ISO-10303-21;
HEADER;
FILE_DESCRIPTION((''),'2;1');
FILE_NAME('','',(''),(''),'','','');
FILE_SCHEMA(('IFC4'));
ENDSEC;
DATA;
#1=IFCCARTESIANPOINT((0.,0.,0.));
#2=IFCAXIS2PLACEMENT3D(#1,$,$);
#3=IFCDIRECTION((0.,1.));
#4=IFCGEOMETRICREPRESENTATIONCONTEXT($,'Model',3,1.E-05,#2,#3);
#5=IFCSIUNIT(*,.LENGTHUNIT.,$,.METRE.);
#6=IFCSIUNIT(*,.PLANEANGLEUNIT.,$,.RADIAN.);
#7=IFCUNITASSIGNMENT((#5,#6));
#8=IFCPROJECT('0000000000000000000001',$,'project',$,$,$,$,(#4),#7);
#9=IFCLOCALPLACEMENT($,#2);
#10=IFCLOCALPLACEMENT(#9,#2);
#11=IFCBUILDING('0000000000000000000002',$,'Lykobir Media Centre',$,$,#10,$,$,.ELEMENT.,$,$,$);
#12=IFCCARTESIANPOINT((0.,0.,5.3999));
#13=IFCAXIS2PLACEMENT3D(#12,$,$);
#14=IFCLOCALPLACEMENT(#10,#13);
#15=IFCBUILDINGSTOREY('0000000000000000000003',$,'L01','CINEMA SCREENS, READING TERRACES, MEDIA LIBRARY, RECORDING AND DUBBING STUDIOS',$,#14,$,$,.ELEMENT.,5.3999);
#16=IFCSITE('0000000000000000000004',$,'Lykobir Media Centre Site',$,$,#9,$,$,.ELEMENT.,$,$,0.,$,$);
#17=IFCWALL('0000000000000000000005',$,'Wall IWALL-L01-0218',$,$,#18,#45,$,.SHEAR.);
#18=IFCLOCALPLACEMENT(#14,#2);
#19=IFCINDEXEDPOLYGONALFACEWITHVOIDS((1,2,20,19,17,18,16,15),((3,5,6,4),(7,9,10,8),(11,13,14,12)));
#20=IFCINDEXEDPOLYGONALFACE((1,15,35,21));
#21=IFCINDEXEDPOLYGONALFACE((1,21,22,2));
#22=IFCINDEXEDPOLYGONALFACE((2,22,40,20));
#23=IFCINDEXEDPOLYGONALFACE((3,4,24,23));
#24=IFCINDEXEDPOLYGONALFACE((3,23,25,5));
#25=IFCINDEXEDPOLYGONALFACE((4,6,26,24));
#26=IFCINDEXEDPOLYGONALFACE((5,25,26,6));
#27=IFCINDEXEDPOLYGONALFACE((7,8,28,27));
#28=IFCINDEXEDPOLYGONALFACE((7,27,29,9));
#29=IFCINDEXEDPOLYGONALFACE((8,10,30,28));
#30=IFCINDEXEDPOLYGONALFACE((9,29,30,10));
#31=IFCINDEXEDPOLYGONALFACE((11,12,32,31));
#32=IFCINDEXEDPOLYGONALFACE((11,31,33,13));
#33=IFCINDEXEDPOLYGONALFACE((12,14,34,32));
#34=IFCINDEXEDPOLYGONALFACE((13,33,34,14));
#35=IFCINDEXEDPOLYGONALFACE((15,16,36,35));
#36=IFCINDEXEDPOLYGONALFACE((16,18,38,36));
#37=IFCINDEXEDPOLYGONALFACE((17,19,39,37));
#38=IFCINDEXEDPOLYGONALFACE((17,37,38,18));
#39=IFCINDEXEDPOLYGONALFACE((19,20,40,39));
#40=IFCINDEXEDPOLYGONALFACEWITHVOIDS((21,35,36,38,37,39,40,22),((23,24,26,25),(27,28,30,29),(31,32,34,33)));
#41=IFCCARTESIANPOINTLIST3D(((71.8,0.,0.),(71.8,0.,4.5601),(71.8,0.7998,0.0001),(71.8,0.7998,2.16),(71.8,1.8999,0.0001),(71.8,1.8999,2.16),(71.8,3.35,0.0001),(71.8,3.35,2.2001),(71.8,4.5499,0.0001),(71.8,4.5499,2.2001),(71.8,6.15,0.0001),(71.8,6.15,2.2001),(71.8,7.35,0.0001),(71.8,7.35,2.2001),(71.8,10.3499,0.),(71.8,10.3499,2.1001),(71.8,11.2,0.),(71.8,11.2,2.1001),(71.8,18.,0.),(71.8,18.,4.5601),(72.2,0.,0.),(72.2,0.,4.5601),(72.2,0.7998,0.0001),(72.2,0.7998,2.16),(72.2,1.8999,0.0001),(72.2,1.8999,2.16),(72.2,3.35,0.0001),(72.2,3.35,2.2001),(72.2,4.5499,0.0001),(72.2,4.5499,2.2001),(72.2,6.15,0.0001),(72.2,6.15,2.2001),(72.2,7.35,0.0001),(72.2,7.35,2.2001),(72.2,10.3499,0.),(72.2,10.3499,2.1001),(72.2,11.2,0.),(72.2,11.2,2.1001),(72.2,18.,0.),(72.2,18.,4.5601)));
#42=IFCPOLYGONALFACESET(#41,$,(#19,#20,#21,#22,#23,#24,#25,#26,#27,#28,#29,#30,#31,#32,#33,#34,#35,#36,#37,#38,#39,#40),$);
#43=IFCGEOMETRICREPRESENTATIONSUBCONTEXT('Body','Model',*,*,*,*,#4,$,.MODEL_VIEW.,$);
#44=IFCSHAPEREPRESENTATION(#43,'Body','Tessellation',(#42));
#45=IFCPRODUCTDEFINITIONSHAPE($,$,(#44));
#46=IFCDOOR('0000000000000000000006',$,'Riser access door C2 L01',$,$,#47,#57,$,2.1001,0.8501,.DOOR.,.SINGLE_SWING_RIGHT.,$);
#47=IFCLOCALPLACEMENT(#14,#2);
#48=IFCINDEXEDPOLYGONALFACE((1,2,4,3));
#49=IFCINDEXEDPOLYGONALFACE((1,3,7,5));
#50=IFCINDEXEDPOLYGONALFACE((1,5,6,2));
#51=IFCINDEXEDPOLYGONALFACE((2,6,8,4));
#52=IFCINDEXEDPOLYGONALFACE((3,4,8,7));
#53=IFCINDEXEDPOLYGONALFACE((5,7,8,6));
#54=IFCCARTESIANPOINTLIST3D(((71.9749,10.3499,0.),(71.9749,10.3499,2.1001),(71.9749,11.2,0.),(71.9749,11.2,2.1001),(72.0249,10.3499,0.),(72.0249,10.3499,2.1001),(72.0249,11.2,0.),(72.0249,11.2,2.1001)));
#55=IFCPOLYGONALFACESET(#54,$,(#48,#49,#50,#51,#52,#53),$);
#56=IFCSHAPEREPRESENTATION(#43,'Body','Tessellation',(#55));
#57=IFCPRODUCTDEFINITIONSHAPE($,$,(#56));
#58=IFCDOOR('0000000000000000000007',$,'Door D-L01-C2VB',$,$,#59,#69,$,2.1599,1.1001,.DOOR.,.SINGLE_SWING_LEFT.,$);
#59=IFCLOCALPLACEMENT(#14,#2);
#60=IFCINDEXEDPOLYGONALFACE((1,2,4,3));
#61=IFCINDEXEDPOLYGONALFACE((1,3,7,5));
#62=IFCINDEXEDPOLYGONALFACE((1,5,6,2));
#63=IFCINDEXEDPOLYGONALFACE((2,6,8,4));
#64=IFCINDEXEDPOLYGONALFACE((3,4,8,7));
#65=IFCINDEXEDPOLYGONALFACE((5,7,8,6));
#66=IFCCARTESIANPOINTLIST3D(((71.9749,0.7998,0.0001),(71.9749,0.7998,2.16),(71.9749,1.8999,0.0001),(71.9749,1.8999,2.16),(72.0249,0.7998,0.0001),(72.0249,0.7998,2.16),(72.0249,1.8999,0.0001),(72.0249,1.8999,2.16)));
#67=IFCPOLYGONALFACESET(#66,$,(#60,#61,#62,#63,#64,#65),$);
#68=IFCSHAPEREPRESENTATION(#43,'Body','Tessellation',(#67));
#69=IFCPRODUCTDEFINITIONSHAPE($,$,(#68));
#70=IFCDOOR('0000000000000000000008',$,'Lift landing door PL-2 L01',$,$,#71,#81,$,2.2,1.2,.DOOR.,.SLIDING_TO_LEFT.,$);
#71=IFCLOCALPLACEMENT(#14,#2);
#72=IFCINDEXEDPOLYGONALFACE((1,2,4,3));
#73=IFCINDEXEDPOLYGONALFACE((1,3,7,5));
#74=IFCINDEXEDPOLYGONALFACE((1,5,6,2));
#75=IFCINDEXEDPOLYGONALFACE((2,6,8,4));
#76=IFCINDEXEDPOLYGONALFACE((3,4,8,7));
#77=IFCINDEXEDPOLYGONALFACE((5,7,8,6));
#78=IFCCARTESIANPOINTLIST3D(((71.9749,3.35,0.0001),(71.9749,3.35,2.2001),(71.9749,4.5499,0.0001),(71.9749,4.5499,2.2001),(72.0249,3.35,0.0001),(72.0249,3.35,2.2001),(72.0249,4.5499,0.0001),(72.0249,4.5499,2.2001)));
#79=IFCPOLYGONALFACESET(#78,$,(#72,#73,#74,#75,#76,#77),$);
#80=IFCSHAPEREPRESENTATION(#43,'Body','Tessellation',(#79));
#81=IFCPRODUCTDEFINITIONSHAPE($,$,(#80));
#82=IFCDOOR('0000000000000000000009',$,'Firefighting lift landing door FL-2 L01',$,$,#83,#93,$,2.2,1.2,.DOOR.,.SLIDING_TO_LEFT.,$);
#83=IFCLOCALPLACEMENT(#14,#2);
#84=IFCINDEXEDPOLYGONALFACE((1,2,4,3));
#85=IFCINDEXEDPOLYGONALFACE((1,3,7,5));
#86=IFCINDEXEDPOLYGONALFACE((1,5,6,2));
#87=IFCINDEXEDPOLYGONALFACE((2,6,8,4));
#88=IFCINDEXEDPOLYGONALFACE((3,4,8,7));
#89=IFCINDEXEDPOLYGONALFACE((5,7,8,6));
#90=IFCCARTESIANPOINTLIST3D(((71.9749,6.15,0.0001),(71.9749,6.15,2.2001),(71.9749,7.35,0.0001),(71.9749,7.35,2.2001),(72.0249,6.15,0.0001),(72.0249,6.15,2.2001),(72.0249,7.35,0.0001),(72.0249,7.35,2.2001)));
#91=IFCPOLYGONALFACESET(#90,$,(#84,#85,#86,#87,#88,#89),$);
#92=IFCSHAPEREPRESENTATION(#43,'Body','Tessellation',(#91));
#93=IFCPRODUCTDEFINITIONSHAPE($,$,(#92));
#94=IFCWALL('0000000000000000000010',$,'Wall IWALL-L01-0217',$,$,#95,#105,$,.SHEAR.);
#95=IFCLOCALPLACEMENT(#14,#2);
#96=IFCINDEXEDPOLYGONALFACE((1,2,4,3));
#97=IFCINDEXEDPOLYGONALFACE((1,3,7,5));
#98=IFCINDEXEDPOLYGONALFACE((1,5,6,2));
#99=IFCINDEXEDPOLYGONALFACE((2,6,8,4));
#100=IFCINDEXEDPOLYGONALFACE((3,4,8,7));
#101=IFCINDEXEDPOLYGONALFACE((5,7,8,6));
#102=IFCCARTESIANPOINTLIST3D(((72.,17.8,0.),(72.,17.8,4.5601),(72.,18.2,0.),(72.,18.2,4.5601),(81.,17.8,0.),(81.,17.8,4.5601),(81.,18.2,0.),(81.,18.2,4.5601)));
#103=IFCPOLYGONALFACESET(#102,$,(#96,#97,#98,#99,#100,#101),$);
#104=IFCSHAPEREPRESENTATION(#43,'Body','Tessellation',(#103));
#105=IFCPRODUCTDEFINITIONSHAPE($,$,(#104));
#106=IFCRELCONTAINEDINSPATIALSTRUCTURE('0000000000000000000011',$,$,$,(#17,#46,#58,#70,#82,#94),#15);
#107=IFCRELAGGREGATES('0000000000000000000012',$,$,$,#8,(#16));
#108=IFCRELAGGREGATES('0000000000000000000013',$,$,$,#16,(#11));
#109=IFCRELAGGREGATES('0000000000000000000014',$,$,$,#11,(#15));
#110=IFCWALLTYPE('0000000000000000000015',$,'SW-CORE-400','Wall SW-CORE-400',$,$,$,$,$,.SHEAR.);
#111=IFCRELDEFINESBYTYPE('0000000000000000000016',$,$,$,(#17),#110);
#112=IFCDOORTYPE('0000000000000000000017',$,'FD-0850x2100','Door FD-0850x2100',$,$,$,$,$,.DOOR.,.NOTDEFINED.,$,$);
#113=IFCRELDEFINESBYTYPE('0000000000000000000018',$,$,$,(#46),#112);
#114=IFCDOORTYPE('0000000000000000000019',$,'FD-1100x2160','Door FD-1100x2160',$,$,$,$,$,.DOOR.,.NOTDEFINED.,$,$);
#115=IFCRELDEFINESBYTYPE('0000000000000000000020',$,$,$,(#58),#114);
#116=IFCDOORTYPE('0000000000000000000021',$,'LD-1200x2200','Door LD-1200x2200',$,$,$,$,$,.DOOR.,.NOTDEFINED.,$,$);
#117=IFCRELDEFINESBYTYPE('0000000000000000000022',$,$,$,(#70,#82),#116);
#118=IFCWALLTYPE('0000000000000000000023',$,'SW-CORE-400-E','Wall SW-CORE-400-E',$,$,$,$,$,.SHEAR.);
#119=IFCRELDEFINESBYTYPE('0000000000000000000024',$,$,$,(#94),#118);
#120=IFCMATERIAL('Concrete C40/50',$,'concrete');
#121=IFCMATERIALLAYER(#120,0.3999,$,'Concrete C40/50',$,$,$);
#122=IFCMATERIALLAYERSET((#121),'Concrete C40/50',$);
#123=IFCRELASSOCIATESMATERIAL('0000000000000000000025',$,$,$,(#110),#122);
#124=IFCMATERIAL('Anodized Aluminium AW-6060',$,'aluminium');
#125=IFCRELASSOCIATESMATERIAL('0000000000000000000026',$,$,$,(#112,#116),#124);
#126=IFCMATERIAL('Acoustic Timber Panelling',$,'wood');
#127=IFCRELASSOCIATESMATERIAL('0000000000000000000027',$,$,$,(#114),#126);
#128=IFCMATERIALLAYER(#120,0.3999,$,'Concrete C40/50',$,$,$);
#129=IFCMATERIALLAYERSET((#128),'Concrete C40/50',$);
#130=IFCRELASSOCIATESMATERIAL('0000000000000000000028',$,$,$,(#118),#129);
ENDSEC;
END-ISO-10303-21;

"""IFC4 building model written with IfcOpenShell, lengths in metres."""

from ifc_helpers import new_model, si_unit, direction, frame, frame_2d, origin, place, context, subcontext, project, spatial, rectangle, extrude, material, layer, layer_set, type_object, element, fill, save


model = new_model("IFC4")

# Units and contexts
model_context = context("Model", 3, precision=1e-05, world=origin(), true_north=direction((0.0, 1.0)))
body_context = subcontext(model_context, "Body", "Model", "MODEL_VIEW")
ifc_project = project(units=[si_unit("LENGTHUNIT", "METRE"), si_unit("PLANEANGLEUNIT", "RADIAN")], contexts=[model_context])

# Site, building, storey
site_placement = place(None, origin())
site = spatial("IfcSite", under=ifc_project, at=site_placement, Name="Lykobir Media Centre Site", CompositionType="ELEMENT", RefElevation=0.0)
building_placement = place(site_placement, origin())
building = spatial("IfcBuilding", under=site, at=building_placement, Name="Lykobir Media Centre", CompositionType="ELEMENT")
storey_placement = place(building_placement, frame((0.0, 0.0, 5.3999)))
storey = spatial("IfcBuildingStorey", under=building, at=storey_placement, Name="L01", Description="CINEMA SCREENS, READING TERRACES, MEDIA LIBRARY, RECORDING AND DUBBING STUDIOS", CompositionType="ELEMENT", Elevation=5.3999)

# Shared definitions
ifc_material_1 = material(Name="Concrete C40/50", Category="concrete")

# Shared definitions
ifc_material_2 = material(Name="Anodized Aluminium AW-6060", Category="aluminium")

# Wall, openings, doors
ifc_layer_1 = layer(ifc_material_1, 0.3999, Name="Concrete C40/50")
ifc_layer_set_1 = layer_set([ifc_layer_1], Name="Concrete C40/50")
wall_type_1 = type_object("IfcWallType", Name="SW-CORE-400", Description="Wall SW-CORE-400", PredefinedType="SHEAR", material=ifc_layer_set_1)
wall_1_placement = place(storey_placement, frame((72.0, 18.0, 0.0), z_axis=(0.0, 0.0, 1.0), x_axis=(0.0, -1.0, 0.0)))
wall_1 = element("IfcWall", 1, at=wall_1_placement, inside=storey, type_object=wall_type_1, Name="Wall IWALL-L01-0218", PredefinedType="SHEAR", context=body_context, shape_type="SweptSolid", body=[
    extrude(rectangle(XDim=18.0, YDim=0.3999, at=frame_2d((9.0, 0.0))), origin(), (0.0, 0.0, 1.0), 4.5601),
])
opening_1_placement = place(wall_1_placement, frame((16.1001, 0.0, 0.0)))
opening_1 = element("IfcOpeningElement", 2, at=opening_1_placement, cuts=wall_1, PredefinedType="OPENING", context=body_context, shape_type="SweptSolid", body=[
    extrude(rectangle(XDim=1.1001, YDim=2.1599, at=frame_2d((0.55, 1.0801))), frame((0.0, 0.21, 0.0), z_axis=(0.0, -1.0, 0.0), x_axis=(1.0, 0.0, 0.0)), (0.0, 0.0, 1.0), 0.4199),
])
opening_2_placement = place(wall_1_placement, frame((13.45, 0.0, 0.0)))
opening_2 = element("IfcOpeningElement", 3, at=opening_2_placement, cuts=wall_1, PredefinedType="OPENING", context=body_context, shape_type="SweptSolid", body=[
    extrude(rectangle(XDim=1.2, YDim=2.2, at=frame_2d((0.6001, 1.1001))), frame((0.0, 0.21, 0.0), z_axis=(0.0, -1.0, 0.0), x_axis=(1.0, 0.0, 0.0)), (0.0, 0.0, 1.0), 0.4199),
])
opening_3_placement = place(wall_1_placement, frame((10.6499, 0.0, 0.0)))
opening_3 = element("IfcOpeningElement", 4, at=opening_3_placement, cuts=wall_1, PredefinedType="OPENING", context=body_context, shape_type="SweptSolid", body=[
    extrude(rectangle(XDim=1.2, YDim=2.2, at=frame_2d((0.6001, 1.1001))), frame((0.0, 0.21, 0.0), z_axis=(0.0, -1.0, 0.0), x_axis=(1.0, 0.0, 0.0)), (0.0, 0.0, 1.0), 0.4199),
])
opening_4_placement = place(wall_1_placement, frame((6.8, 0.0, 0.0)))
opening_4 = element("IfcOpeningElement", 5, at=opening_4_placement, cuts=wall_1, PredefinedType="OPENING", context=body_context, shape_type="SweptSolid", body=[
    extrude(rectangle(XDim=0.8501, YDim=2.1001, at=frame_2d((0.425, 1.05))), frame((0.0, 0.21, 0.0), z_axis=(0.0, -1.0, 0.0), x_axis=(1.0, 0.0, 0.0)), (0.0, 0.0, 1.0), 0.4199),
])
door_type_1 = type_object("IfcDoorType", Name="FD-0850x2100", Description="Door FD-0850x2100", OperationType="NOTDEFINED", PredefinedType="DOOR", material=ifc_material_2)
door_1_placement = place(opening_4_placement, origin())
door_1 = element("IfcDoor", 6, at=door_1_placement, inside=storey, type_object=door_type_1, Name="Riser access door C2 L01", OperationType="SINGLE_SWING_RIGHT", OverallHeight=2.1001, OverallWidth=0.8501, PredefinedType="DOOR", context=body_context, shape_type="SweptSolid", body=[
    extrude(rectangle(XDim=0.8501, YDim=2.1001, at=frame_2d((0.425, 1.05))), frame((0.0, 0.0249, 0.0), z_axis=(0.0, -1.0, 0.0), x_axis=(1.0, 0.0, 0.0)), (0.0, 0.0, 1.0), 0.05),
])
fill(opening_4, door_1)
ifc_material_3 = material(Name="Acoustic Timber Panelling", Category="wood")
door_type_2 = type_object("IfcDoorType", Name="FD-1100x2160", Description="Door FD-1100x2160", OperationType="NOTDEFINED", PredefinedType="DOOR", material=ifc_material_3)
door_2_placement = place(opening_1_placement, origin())
door_2 = element("IfcDoor", 7, at=door_2_placement, inside=storey, type_object=door_type_2, Name="Door D-L01-C2VB", OperationType="SINGLE_SWING_LEFT", OverallHeight=2.1599, OverallWidth=1.1001, PredefinedType="DOOR", context=body_context, shape_type="SweptSolid", body=[
    extrude(rectangle(XDim=1.1001, YDim=2.1599, at=frame_2d((0.55, 1.0801))), frame((0.0, 0.0249, 0.0), z_axis=(0.0, -1.0, 0.0), x_axis=(1.0, 0.0, 0.0)), (0.0, 0.0, 1.0), 0.05),
])
fill(opening_1, door_2)
door_type_3 = type_object("IfcDoorType", Name="LD-1200x2200", Description="Door LD-1200x2200", OperationType="NOTDEFINED", PredefinedType="DOOR", material=ifc_material_2)
door_3_placement = place(opening_2_placement, origin())
door_3 = element("IfcDoor", 8, at=door_3_placement, inside=storey, type_object=door_type_3, Name="Lift landing door PL-2 L01", OperationType="SLIDING_TO_LEFT", OverallHeight=2.2, OverallWidth=1.2, PredefinedType="DOOR", context=body_context, shape_type="SweptSolid", body=[
    extrude(rectangle(XDim=1.2, YDim=2.2, at=frame_2d((0.6001, 1.1001))), frame((0.0, 0.0249, 0.0), z_axis=(0.0, -1.0, 0.0), x_axis=(1.0, 0.0, 0.0)), (0.0, 0.0, 1.0), 0.05),
])
fill(opening_2, door_3)
door_4_placement = place(opening_3_placement, origin())
door_4 = element("IfcDoor", 9, at=door_4_placement, inside=storey, type_object=door_type_3, Name="Firefighting lift landing door FL-2 L01", OperationType="SLIDING_TO_LEFT", OverallHeight=2.2, OverallWidth=1.2, PredefinedType="DOOR", context=body_context, shape_type="SweptSolid", body=[
    extrude(rectangle(XDim=1.2, YDim=2.2, at=frame_2d((0.6001, 1.1001))), frame((0.0, 0.0249, 0.0), z_axis=(0.0, -1.0, 0.0), x_axis=(1.0, 0.0, 0.0)), (0.0, 0.0, 1.0), 0.05),
])
fill(opening_3, door_4)

# Wall
ifc_layer_2 = layer(ifc_material_1, 0.3999, Name="Concrete C40/50")
ifc_layer_set_2 = layer_set([ifc_layer_2], Name="Concrete C40/50")
wall_type_2 = type_object("IfcWallType", Name="SW-CORE-400-E", Description="Wall SW-CORE-400-E", PredefinedType="SHEAR", material=ifc_layer_set_2)
wall_2_placement = place(storey_placement, frame((81.0, 18.0, 0.0), z_axis=(0.0, 0.0, 1.0), x_axis=(-1.0, 0.0, 0.0)))
element("IfcWall", 10, at=wall_2_placement, inside=storey, type_object=wall_type_2, Name="Wall IWALL-L01-0217", PredefinedType="SHEAR", context=body_context, shape_type="SweptSolid", body=[
    extrude(rectangle(XDim=9.0, YDim=0.3999, at=frame_2d((4.5, 0.0))), origin(), (0.0, 0.0, 1.0), 4.5601),
])

save(model, "model.ifc")
